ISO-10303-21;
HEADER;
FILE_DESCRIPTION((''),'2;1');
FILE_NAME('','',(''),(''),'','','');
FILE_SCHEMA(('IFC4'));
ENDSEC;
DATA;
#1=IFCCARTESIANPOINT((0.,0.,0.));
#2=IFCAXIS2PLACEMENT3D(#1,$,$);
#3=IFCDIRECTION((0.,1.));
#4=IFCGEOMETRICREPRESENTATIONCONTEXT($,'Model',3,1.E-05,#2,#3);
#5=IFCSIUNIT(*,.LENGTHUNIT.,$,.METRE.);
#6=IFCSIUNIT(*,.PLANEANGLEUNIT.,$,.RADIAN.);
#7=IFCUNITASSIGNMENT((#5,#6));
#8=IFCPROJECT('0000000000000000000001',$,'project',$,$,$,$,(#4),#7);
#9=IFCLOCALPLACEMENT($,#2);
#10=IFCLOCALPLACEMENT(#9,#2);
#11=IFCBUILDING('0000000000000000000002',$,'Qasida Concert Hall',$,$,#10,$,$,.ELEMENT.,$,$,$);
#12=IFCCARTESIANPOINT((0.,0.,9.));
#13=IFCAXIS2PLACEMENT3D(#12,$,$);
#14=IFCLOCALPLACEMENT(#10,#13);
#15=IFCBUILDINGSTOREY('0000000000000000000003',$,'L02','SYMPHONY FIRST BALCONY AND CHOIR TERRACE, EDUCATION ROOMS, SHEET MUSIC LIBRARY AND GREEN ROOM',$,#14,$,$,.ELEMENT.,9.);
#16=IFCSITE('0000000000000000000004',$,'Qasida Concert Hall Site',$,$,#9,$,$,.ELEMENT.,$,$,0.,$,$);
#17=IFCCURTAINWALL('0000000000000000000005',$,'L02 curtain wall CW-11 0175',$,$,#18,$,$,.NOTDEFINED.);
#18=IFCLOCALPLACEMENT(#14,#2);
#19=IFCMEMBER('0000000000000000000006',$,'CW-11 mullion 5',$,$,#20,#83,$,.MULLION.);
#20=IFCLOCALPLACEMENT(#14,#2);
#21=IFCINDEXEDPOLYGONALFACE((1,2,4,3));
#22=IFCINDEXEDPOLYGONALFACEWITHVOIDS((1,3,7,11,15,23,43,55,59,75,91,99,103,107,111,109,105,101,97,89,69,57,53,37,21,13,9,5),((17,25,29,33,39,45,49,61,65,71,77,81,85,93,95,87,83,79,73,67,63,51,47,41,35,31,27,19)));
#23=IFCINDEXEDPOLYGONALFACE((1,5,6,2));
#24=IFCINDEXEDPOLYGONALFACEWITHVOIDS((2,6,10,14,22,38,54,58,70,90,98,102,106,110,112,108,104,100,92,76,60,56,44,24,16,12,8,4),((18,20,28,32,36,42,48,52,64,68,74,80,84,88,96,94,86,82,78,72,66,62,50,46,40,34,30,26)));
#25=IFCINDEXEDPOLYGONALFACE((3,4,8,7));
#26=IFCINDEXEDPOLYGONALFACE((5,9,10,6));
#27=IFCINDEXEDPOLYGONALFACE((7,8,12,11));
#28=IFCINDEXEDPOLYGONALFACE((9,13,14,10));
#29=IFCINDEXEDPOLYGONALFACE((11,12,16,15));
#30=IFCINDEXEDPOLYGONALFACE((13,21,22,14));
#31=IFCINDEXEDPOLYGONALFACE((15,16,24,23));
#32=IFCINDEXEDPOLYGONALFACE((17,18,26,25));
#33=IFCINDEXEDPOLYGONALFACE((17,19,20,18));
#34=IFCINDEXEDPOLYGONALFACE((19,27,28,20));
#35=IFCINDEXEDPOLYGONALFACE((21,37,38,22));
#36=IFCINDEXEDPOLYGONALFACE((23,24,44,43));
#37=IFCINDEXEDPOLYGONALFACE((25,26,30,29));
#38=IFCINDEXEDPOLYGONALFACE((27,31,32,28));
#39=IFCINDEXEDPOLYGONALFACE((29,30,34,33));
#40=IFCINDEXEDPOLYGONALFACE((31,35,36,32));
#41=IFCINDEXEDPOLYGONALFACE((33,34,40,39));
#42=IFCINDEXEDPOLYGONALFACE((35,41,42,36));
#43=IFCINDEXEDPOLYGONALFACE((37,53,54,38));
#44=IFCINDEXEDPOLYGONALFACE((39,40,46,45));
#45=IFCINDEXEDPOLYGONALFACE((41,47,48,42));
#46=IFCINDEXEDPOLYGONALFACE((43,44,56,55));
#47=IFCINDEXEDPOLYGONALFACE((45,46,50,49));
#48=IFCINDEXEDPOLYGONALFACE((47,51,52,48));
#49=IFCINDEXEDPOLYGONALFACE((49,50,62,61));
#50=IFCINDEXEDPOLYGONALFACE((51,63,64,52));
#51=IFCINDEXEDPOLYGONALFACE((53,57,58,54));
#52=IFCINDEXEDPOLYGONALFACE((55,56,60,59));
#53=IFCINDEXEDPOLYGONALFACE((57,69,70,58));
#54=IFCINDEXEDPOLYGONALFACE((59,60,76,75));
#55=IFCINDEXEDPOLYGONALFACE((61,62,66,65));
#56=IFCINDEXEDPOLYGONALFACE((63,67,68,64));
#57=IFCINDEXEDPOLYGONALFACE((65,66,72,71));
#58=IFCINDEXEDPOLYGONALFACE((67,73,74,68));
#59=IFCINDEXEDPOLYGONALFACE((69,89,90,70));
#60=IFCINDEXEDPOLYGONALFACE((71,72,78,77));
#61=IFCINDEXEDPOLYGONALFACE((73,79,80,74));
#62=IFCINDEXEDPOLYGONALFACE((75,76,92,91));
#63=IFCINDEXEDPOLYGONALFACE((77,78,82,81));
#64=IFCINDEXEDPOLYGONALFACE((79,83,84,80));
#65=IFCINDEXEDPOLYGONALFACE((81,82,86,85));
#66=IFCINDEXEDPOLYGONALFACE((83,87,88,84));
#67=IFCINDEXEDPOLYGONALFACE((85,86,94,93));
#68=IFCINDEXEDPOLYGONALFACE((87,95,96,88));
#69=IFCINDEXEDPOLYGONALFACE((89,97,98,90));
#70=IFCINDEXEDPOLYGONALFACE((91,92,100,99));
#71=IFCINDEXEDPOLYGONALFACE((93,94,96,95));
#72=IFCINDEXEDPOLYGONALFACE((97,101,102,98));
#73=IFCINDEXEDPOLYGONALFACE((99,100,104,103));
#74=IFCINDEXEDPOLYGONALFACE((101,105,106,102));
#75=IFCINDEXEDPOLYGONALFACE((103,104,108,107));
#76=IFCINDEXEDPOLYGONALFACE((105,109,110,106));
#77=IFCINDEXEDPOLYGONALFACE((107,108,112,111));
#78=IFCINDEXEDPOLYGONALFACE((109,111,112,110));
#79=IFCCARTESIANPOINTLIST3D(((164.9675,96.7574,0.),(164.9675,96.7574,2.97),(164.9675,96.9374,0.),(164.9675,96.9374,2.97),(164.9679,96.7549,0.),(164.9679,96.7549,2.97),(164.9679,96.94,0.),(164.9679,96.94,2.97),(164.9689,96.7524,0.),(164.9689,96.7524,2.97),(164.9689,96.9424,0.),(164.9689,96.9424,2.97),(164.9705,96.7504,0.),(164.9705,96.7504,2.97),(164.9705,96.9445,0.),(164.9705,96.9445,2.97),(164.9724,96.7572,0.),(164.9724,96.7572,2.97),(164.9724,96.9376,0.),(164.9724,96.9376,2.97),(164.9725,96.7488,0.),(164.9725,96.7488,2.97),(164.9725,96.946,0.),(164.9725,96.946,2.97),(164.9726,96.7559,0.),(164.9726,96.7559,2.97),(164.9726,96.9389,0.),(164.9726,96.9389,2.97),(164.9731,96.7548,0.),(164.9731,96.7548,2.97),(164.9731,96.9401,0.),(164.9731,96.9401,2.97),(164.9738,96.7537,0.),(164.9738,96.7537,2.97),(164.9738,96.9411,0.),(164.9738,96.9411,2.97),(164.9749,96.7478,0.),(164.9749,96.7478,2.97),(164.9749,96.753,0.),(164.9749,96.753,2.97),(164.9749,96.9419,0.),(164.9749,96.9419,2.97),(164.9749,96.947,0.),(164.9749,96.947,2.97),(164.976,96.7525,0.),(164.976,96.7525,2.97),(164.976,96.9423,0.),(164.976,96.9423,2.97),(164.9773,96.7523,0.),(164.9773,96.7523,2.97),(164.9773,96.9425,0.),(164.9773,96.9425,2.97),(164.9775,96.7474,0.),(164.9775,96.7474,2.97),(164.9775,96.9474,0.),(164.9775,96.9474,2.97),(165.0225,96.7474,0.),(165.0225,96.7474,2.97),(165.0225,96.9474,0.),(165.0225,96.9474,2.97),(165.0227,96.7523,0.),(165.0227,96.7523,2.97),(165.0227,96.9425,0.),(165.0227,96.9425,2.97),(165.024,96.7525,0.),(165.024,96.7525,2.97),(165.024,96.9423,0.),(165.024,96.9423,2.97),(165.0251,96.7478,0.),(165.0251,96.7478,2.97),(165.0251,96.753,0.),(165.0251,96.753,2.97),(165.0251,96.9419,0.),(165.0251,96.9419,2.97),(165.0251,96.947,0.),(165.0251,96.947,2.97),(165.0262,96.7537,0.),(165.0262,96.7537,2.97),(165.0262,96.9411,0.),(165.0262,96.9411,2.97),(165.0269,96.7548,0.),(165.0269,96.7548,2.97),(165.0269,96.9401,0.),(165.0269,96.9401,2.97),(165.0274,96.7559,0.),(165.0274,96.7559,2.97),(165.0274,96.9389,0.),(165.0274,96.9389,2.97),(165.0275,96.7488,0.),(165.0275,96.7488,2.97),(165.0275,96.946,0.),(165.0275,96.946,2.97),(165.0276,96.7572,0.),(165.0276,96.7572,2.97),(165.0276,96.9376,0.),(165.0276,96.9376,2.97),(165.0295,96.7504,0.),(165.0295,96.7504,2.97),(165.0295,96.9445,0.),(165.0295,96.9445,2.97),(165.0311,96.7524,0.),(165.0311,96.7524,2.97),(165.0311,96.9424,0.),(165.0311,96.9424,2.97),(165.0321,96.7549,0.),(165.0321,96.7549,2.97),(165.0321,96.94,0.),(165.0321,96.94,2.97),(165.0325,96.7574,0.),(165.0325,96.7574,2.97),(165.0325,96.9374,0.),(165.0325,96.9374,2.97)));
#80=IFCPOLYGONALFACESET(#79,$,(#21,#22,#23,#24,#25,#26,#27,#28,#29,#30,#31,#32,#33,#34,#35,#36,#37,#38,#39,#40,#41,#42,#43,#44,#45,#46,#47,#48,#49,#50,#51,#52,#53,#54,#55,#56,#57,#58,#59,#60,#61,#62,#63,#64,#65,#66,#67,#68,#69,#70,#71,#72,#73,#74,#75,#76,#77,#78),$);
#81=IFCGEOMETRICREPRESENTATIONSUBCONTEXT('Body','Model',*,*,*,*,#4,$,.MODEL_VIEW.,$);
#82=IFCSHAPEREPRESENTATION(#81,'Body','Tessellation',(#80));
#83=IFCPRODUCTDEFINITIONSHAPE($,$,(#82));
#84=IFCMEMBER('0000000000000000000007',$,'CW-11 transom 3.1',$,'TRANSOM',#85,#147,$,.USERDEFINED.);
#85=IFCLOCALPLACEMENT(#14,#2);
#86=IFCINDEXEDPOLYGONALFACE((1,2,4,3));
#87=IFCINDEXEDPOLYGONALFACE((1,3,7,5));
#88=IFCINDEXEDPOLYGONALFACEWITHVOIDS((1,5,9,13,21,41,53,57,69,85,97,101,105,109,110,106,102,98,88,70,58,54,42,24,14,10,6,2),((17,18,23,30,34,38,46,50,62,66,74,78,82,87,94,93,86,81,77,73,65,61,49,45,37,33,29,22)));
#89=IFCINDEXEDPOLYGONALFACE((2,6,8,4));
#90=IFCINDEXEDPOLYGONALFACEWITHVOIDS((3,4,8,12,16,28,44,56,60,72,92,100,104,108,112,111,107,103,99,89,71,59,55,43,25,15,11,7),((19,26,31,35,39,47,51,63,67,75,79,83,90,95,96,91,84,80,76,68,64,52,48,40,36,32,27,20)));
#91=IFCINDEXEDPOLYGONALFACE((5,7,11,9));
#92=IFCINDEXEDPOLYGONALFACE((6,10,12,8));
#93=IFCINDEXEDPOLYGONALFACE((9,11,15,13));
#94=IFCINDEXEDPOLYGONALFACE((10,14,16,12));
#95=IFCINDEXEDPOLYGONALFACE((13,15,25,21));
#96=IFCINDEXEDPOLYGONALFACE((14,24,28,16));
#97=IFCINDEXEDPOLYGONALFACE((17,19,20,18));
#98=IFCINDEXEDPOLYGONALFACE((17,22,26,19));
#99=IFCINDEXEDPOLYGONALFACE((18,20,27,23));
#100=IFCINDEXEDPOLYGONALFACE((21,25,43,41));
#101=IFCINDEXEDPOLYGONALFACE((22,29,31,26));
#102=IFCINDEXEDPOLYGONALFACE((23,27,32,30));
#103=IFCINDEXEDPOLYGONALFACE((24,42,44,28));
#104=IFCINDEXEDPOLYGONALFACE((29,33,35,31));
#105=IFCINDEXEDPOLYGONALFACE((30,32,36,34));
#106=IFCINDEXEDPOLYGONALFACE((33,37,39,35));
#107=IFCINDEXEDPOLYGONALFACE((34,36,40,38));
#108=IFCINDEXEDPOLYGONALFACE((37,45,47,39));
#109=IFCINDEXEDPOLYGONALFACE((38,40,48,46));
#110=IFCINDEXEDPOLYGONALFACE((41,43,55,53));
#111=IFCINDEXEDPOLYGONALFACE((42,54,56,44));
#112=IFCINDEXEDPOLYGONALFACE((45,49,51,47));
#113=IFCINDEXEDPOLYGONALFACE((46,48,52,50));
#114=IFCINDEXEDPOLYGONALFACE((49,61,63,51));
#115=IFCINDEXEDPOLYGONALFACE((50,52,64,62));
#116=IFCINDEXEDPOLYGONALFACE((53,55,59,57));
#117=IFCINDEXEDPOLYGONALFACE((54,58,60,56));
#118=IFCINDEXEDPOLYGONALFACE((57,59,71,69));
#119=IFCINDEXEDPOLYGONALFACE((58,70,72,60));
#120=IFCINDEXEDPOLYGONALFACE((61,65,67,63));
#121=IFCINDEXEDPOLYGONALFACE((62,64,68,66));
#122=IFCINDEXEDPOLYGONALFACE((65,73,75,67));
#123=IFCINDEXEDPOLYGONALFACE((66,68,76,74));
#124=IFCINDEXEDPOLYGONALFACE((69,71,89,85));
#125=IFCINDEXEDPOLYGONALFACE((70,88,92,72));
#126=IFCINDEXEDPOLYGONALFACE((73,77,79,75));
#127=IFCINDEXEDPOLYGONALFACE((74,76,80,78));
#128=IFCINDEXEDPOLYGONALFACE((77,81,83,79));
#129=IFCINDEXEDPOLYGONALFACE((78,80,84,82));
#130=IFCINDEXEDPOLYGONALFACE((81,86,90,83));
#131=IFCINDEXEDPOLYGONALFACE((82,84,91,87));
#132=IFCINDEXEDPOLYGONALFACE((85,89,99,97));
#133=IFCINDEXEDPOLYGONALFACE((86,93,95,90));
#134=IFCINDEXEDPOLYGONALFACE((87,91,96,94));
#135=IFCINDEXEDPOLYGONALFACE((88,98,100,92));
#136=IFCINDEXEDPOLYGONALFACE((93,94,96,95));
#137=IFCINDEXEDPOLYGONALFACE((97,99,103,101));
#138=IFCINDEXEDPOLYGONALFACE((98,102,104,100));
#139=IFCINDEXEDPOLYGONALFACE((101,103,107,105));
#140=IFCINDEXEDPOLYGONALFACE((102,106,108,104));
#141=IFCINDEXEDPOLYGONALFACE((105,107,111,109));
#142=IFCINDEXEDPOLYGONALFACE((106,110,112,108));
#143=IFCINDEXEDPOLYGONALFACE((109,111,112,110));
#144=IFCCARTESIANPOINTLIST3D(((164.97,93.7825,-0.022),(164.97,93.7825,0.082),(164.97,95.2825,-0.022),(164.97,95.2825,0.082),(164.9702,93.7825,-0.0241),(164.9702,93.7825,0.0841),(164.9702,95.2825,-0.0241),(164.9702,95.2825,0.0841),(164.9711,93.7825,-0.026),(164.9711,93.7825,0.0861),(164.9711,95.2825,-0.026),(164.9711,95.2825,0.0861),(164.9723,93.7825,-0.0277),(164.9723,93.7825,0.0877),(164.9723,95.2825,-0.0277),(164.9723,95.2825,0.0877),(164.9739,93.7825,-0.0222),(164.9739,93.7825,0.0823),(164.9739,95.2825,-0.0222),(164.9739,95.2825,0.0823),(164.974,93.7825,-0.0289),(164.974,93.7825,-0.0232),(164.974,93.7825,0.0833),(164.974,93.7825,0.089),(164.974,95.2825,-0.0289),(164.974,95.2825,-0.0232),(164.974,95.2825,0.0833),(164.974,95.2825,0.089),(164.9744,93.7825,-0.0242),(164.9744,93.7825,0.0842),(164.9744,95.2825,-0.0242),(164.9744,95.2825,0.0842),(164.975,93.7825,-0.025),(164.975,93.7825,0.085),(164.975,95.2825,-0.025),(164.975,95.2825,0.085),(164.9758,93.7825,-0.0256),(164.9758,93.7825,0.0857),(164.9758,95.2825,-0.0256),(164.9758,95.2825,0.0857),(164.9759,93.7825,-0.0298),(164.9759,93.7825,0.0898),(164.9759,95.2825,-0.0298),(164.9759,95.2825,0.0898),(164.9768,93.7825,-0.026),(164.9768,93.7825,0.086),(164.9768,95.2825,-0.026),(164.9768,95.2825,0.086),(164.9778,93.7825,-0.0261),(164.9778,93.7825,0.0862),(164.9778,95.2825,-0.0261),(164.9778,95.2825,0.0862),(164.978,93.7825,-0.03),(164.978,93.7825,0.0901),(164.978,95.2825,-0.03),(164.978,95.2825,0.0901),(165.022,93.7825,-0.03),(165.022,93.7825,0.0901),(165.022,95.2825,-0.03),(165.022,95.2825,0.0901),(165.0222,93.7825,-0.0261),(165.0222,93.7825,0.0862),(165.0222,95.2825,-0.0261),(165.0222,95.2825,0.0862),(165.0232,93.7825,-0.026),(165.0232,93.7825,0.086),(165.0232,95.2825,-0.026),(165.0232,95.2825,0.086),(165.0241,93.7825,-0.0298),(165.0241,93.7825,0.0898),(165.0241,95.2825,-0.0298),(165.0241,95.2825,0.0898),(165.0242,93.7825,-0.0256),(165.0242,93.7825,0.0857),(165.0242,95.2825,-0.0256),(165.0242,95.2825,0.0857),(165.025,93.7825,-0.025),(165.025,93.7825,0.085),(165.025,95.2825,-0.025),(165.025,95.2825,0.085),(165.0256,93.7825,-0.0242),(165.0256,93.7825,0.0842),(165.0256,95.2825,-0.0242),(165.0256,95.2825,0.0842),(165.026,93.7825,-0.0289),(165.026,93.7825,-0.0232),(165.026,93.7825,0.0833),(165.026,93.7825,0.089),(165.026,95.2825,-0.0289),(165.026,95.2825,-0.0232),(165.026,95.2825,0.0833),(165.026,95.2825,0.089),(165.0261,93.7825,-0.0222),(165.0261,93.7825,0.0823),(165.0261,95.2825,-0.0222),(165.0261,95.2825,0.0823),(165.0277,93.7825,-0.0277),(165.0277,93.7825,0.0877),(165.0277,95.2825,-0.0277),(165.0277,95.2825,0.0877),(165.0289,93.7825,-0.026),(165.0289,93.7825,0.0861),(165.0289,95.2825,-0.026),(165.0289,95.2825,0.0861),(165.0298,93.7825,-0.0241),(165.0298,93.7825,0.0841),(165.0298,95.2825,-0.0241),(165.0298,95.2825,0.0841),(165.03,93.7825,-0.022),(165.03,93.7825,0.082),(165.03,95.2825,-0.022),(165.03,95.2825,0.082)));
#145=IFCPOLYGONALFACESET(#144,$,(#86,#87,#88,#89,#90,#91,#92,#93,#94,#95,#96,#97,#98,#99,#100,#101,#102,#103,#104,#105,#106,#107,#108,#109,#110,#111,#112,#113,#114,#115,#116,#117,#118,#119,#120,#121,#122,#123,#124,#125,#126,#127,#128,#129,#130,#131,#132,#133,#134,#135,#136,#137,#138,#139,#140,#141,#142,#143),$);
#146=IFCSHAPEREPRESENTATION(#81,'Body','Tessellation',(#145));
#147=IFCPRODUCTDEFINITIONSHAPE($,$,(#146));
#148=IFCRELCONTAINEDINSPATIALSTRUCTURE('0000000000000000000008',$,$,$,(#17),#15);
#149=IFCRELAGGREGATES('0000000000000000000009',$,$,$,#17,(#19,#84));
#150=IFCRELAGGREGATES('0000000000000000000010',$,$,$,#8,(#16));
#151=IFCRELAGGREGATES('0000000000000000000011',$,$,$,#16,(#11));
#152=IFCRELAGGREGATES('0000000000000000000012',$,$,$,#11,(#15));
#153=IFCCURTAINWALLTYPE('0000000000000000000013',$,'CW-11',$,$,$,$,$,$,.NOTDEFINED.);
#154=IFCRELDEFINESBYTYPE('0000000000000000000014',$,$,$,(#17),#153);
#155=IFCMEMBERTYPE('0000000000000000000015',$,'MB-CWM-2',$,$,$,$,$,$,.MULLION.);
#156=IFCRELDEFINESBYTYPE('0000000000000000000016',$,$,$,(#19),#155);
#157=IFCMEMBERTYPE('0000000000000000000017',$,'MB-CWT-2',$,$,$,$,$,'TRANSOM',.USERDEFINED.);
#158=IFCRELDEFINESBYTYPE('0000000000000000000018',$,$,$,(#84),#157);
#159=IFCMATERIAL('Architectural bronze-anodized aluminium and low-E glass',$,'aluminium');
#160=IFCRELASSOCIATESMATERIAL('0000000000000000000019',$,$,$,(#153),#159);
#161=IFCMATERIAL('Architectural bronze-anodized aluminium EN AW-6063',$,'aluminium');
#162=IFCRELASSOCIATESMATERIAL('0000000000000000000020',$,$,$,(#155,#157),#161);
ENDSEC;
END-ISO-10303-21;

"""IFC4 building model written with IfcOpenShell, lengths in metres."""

from ifc_helpers import new_model, si_unit, direction, frame, origin, origin_2d, place, context, subcontext, project, spatial, hollow_rectangle, extrude, material, material_profile, profile_set, type_object, element, aggregate, save


model = new_model("IFC4")

# Units and contexts
model_context = context("Model", 3, precision=1e-05, world=origin(), true_north=direction((0.0, 1.0)))
body_context = subcontext(model_context, "Body", "Model", "MODEL_VIEW")
ifc_project = project(units=[si_unit("LENGTHUNIT", "METRE"), si_unit("PLANEANGLEUNIT", "RADIAN")], contexts=[model_context])

# Site, building, storey
site_placement = place(None, origin())
site = spatial("IfcSite", under=ifc_project, at=site_placement, Name="Qasida Concert Hall Site", CompositionType="ELEMENT", RefElevation=0.0)
building_placement = place(site_placement, origin())
building = spatial("IfcBuilding", under=site, at=building_placement, Name="Qasida Concert Hall", CompositionType="ELEMENT")
storey_placement = place(building_placement, frame((0.0, 0.0, 9.0)))
storey = spatial("IfcBuildingStorey", under=building, at=storey_placement, Name="L02", Description="SYMPHONY FIRST BALCONY AND CHOIR TERRACE, EDUCATION ROOMS, SHEET MUSIC LIBRARY AND GREEN ROOM", CompositionType="ELEMENT", Elevation=9.0)

# Curtain wall, members
ifc_material_1 = material(Name="Architectural bronze-anodized aluminium and low-E glass", Category="aluminium")
curtain_wall_type = type_object("IfcCurtainWallType", Name="CW-11", PredefinedType="NOTDEFINED", material=ifc_material_1)
curtain_wall_placement = place(storey_placement, origin())
curtain_wall = element("IfcCurtainWall", 1, at=curtain_wall_placement, inside=storey, type_object=curtain_wall_type, Name="L02 curtain wall CW-11 0175", PredefinedType="NOTDEFINED")
ifc_material_2 = material(Name="Architectural bronze-anodized aluminium EN AW-6063", Category="aluminium")
ifc_material_profile_1 = material_profile(ifc_material_2, hollow_rectangle(XDim=0.0649, YDim=0.2, WallThickness=0.0049, InnerFilletRadius=0.0049, OuterFilletRadius=0.01, at=origin_2d()), Name="CWM 200x65x5")
ifc_profile_set_1 = profile_set([ifc_material_profile_1], Name="Architectural bronze-anodized aluminium EN AW-6063")
member_type_1 = type_object("IfcMemberType", Name="MB-CWM-2", PredefinedType="MULLION", material=ifc_profile_set_1)
member_1_placement = place(storey_placement, frame((165.0, 96.8474, 0.0), z_axis=(0.0, 0.0, 1.0), x_axis=(-1.0, 0.0, 0.0)))
member_1 = element("IfcMember", 2, at=member_1_placement, type_object=member_type_1, Name="CW-11 mullion 5", PredefinedType="MULLION", context=body_context, shape_type="SweptSolid", body=[
    extrude(hollow_rectangle(XDim=0.0649, YDim=0.2, WallThickness=0.0049, InnerFilletRadius=0.0049, OuterFilletRadius=0.01, at=origin_2d()), origin(), (0.0, 0.0, 1.0), 2.97),
])
ifc_material_profile_2 = material_profile(ifc_material_2, hollow_rectangle(XDim=0.0601, YDim=0.1201, WallThickness=0.0039, InnerFilletRadius=0.0039, OuterFilletRadius=0.0081, at=origin_2d()), Name="CWT 120x60x4")
ifc_profile_set_2 = profile_set([ifc_material_profile_2], Name="Architectural bronze-anodized aluminium EN AW-6063")
member_type_2 = type_object("IfcMemberType", Name="MB-CWT-2", ElementType="TRANSOM", PredefinedType="USERDEFINED", material=ifc_profile_set_2)
member_2_placement = place(storey_placement, frame((165.0, 93.7825, 0.03), z_axis=(0.0, 1.0, 0.0), x_axis=(-1.0, 0.0, 0.0)))
member_2 = element("IfcMember", 3, at=member_2_placement, type_object=member_type_2, Name="CW-11 transom 3.1", ObjectType="TRANSOM", PredefinedType="USERDEFINED", context=body_context, shape_type="SweptSolid", body=[
    extrude(hollow_rectangle(XDim=0.0601, YDim=0.1201, WallThickness=0.0039, InnerFilletRadius=0.0039, OuterFilletRadius=0.0081, at=origin_2d()), origin(), (0.0, 0.0, 1.0), 1.5),
])
aggregate(curtain_wall, [member_1, member_2])

save(model, "model.ifc")
